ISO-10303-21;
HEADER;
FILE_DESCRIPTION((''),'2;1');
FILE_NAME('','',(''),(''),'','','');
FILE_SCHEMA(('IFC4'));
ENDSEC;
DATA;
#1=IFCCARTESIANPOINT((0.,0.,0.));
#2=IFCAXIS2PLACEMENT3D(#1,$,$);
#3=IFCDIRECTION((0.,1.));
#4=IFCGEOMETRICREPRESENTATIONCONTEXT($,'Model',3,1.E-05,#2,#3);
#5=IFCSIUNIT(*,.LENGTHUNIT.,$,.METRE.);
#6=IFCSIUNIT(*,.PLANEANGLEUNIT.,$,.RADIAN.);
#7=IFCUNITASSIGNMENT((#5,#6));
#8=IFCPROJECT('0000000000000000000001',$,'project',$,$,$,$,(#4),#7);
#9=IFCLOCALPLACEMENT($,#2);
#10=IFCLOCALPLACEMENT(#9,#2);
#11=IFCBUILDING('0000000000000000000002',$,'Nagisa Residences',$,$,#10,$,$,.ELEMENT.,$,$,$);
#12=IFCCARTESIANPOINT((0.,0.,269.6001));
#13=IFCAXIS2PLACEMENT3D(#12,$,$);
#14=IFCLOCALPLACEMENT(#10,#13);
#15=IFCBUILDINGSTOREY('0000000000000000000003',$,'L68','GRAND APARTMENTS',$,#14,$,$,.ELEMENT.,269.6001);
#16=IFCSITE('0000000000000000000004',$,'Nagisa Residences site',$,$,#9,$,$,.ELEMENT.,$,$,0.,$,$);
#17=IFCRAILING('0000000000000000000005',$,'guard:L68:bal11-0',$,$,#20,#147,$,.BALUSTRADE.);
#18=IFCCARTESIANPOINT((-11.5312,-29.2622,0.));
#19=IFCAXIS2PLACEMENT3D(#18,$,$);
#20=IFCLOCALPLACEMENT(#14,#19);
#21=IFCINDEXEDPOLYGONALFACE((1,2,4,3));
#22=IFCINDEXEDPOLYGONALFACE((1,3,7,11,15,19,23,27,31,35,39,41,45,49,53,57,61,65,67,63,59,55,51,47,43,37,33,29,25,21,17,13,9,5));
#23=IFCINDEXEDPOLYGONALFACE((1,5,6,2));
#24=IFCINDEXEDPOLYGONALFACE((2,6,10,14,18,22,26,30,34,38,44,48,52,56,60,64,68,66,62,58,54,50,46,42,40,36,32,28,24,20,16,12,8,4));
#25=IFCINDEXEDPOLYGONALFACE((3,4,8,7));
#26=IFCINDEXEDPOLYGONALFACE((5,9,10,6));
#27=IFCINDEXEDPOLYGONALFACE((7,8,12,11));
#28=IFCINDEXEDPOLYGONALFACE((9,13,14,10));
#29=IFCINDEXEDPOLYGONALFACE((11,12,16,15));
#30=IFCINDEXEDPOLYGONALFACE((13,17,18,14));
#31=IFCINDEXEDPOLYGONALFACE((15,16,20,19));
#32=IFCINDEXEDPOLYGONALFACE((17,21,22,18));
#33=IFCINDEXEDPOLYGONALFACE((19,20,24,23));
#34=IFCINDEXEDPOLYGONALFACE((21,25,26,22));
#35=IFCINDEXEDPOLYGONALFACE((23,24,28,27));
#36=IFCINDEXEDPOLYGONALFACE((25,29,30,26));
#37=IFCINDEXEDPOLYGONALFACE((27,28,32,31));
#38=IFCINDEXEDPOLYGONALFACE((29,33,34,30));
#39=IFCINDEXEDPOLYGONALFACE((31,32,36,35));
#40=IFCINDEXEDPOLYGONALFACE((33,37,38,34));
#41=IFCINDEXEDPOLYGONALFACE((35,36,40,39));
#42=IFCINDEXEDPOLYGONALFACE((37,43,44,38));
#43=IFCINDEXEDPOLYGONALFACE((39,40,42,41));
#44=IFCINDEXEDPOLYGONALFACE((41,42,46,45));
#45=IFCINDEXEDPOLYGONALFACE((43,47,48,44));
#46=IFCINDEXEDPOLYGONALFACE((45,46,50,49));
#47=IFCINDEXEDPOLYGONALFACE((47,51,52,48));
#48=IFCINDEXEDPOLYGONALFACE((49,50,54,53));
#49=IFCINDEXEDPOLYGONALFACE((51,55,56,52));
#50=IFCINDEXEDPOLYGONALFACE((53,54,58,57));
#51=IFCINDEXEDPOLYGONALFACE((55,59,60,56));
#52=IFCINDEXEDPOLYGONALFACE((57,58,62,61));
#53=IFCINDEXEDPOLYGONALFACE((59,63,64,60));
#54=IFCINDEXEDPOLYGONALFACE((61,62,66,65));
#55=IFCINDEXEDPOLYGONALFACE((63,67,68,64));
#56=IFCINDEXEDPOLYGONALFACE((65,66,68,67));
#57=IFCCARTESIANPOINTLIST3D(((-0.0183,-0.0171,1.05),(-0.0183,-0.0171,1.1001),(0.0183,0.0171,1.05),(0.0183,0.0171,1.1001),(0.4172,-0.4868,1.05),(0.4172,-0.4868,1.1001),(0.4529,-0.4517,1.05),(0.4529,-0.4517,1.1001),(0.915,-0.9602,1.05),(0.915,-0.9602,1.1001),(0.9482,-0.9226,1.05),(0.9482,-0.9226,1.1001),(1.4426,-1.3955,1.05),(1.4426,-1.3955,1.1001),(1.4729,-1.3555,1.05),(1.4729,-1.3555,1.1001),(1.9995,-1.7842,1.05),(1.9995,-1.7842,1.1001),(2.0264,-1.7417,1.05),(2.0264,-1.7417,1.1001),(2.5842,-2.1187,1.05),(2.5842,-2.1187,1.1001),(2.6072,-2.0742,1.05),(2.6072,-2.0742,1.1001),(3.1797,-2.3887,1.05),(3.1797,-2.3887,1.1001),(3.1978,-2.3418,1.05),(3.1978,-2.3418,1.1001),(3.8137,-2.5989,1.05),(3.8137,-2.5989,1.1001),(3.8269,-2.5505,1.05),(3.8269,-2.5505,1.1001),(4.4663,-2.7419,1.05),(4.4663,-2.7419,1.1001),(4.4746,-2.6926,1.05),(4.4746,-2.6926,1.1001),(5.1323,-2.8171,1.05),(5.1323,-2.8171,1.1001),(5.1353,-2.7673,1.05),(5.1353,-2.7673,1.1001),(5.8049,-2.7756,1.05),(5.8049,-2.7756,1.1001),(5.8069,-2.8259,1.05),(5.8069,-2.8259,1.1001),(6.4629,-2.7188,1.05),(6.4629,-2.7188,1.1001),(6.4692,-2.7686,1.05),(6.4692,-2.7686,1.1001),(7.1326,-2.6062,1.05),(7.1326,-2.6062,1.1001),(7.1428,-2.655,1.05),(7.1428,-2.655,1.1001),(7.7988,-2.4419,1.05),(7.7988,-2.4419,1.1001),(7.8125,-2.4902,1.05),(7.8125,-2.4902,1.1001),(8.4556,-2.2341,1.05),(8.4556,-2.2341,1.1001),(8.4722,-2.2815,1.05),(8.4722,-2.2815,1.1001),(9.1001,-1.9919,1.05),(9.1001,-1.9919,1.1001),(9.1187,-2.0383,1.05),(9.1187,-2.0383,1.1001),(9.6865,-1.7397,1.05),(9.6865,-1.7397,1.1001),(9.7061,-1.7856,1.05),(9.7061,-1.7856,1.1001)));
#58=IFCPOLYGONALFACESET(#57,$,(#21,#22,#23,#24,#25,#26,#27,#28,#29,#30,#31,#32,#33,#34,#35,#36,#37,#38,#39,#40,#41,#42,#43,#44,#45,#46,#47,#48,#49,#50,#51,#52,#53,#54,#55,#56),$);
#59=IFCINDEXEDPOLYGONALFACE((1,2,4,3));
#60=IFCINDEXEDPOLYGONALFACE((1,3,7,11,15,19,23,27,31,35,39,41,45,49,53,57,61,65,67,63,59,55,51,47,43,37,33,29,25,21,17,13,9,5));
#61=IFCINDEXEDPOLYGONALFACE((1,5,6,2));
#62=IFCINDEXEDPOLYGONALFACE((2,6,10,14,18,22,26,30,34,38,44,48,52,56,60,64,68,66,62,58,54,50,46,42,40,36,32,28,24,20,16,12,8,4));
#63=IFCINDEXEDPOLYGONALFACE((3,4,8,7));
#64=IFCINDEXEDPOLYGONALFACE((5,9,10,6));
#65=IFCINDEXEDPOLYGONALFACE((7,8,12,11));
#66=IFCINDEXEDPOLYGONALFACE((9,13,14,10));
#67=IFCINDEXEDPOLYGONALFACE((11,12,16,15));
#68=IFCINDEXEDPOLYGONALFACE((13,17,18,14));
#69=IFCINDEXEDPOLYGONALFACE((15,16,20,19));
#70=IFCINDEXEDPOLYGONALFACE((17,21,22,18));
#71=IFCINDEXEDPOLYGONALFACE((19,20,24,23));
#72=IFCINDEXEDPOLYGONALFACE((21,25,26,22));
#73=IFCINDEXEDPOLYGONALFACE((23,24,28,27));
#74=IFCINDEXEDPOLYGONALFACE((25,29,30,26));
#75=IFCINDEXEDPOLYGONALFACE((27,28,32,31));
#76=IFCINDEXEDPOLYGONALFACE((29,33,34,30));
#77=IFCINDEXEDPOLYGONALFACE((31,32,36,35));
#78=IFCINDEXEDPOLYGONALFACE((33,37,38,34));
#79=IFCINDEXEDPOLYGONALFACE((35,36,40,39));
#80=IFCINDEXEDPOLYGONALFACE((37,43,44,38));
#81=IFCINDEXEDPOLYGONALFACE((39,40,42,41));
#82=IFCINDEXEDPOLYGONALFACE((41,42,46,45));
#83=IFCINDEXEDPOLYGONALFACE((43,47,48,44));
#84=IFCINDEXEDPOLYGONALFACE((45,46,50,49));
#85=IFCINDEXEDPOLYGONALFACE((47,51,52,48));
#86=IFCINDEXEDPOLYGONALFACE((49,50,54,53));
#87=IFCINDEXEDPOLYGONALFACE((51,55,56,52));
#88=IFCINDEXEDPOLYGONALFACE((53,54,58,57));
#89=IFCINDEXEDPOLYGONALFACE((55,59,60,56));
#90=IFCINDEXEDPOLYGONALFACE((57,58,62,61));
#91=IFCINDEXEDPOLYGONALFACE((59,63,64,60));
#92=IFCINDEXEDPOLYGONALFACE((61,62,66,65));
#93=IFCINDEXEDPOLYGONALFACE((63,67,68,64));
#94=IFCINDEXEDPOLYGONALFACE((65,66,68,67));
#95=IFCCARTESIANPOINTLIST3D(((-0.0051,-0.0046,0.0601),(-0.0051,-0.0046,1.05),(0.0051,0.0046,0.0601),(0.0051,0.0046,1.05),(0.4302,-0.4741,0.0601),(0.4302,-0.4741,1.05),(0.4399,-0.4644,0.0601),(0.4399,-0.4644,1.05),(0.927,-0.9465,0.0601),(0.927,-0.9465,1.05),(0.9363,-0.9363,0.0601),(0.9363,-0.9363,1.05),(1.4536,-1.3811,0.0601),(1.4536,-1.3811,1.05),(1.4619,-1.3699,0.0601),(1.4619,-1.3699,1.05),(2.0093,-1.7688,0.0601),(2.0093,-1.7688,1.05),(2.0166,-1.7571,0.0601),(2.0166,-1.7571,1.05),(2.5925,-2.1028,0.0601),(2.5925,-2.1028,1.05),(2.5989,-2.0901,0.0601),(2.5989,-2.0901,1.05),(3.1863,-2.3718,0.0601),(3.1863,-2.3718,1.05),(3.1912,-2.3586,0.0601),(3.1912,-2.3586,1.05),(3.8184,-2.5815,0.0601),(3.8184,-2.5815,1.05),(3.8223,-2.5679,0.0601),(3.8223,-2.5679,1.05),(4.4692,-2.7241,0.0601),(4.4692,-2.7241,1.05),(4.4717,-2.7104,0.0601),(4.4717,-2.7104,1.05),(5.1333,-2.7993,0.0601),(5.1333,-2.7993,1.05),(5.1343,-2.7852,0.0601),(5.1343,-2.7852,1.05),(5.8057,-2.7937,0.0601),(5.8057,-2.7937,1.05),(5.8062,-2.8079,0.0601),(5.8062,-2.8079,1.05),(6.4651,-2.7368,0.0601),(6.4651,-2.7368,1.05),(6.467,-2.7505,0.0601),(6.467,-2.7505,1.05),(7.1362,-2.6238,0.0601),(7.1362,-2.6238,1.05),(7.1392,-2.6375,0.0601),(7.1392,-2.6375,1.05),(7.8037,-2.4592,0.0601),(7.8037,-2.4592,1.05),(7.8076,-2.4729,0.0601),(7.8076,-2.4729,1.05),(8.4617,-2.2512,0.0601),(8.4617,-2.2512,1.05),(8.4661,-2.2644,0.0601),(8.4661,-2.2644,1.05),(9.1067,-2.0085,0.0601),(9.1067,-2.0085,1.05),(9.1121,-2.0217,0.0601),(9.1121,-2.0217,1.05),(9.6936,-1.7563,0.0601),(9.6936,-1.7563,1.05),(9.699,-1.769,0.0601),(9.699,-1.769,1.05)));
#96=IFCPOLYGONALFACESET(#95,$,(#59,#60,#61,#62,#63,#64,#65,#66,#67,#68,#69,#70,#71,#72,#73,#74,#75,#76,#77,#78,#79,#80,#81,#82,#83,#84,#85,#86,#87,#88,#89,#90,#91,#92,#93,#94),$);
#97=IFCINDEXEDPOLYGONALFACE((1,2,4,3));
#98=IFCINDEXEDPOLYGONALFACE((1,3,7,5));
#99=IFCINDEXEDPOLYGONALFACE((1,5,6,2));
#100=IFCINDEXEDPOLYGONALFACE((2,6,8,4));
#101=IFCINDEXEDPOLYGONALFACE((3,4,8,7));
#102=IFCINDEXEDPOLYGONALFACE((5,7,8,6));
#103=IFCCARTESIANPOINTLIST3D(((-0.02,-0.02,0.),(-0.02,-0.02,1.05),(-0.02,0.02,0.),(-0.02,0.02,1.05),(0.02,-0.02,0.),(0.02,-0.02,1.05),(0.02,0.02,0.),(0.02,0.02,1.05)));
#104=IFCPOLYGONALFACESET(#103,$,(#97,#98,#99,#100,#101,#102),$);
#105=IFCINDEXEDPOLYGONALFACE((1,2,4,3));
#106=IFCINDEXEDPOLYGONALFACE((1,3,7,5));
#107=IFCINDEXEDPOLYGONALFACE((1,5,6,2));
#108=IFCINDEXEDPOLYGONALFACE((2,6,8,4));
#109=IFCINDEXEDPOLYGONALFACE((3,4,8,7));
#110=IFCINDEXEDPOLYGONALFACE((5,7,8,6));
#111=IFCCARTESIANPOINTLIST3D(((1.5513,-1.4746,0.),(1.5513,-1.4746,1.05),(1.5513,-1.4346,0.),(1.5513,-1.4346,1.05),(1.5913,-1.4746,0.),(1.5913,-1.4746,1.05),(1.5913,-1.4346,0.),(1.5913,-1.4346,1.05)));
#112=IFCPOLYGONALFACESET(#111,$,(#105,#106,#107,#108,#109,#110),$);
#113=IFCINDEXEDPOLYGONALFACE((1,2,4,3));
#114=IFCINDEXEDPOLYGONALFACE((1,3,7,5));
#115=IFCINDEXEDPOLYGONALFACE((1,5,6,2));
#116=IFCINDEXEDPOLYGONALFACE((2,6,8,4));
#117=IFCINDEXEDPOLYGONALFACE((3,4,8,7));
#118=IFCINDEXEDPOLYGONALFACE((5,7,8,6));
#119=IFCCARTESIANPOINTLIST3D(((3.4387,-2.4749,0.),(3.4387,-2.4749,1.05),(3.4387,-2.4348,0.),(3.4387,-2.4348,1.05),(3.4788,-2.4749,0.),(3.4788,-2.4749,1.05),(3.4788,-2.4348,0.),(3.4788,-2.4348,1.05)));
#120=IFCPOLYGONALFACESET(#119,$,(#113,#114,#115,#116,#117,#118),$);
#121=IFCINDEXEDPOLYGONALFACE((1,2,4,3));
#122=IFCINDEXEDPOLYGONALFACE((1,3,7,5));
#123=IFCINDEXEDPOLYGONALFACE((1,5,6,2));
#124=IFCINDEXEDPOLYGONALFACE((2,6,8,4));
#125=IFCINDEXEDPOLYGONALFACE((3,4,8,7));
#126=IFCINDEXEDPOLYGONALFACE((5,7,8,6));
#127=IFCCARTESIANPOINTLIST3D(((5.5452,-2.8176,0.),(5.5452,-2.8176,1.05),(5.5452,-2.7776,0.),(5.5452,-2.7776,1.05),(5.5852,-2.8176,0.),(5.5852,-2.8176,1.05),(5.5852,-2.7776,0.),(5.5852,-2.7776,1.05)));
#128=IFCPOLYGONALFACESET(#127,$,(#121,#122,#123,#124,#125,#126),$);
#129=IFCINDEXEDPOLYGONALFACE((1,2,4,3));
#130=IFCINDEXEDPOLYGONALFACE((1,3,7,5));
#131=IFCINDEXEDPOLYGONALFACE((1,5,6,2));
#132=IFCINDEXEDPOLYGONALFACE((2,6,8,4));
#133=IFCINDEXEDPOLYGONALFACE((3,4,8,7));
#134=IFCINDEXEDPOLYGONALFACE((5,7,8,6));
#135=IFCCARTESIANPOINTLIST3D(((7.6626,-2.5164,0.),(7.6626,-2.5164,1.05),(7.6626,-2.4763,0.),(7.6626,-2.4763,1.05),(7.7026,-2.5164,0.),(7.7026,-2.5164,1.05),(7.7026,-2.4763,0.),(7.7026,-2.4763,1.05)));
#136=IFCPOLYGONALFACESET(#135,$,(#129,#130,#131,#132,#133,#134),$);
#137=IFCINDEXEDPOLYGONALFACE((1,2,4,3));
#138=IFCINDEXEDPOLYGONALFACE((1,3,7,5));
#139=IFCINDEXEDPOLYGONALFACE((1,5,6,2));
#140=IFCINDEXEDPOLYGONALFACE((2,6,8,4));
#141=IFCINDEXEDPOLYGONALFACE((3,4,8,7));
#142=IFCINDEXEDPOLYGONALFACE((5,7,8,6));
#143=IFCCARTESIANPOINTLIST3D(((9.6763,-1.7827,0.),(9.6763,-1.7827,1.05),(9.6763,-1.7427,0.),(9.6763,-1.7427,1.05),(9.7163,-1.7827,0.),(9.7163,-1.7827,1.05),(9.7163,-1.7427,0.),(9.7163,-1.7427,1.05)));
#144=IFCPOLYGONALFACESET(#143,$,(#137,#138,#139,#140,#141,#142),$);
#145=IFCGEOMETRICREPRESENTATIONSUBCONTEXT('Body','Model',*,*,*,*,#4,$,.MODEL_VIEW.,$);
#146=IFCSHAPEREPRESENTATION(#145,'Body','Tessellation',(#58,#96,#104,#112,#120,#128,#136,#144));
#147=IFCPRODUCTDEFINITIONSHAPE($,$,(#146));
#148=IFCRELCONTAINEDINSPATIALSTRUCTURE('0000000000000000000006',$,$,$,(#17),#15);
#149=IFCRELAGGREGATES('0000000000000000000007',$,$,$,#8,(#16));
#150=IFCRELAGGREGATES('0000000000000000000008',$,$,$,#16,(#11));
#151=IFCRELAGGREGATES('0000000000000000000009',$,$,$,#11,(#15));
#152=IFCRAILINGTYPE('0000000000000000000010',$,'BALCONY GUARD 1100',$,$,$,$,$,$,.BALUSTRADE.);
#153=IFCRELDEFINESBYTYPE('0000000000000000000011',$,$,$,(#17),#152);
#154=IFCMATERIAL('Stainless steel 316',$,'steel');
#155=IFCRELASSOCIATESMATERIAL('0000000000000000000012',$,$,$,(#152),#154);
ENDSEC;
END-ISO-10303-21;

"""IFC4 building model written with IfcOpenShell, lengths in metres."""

from ifc_helpers import new_model, si_unit, direction, frame, origin, origin_2d, place, context, subcontext, project, spatial, polyline, rectangle, outline, extrude, material, type_object, element, save


model = new_model("IFC4")

# Units and contexts
model_context = context("Model", 3, precision=1e-05, world=origin(), true_north=direction((0.0, 1.0)))
body_context = subcontext(model_context, "Body", "Model", "MODEL_VIEW")
ifc_project = project(units=[si_unit("LENGTHUNIT", "METRE"), si_unit("PLANEANGLEUNIT", "RADIAN")], contexts=[model_context])

# Site, building, storey
site_placement = place(None, origin())
site = spatial("IfcSite", under=ifc_project, at=site_placement, Name="Nagisa Residences site", CompositionType="ELEMENT", RefElevation=0.0)
building_placement = place(site_placement, origin())
building = spatial("IfcBuilding", under=site, at=building_placement, Name="Nagisa Residences", CompositionType="ELEMENT")
storey_placement = place(building_placement, frame((0.0, 0.0, 269.6001)))
storey = spatial("IfcBuildingStorey", under=building, at=storey_placement, Name="L68", Description="GRAND APARTMENTS", CompositionType="ELEMENT", Elevation=269.6001)

# Railing
ifc_material_1 = material(Name="Stainless steel 316", Category="steel")
railing_type = type_object("IfcRailingType", Name="BALCONY GUARD 1100", PredefinedType="BALUSTRADE", material=ifc_material_1)
railing_1_placement = place(storey_placement, frame((-11.5312, -29.2622, 0.0)))
element("IfcRailing", 1, at=railing_1_placement, inside=storey, type_object=railing_type, Name="guard:L68:bal11-0", PredefinedType="BALUSTRADE", context=body_context, shape_type="SweptSolid", body=[
    extrude(outline(polyline([(0.4529, -0.4517), (0.0183, 0.0171), (-0.0183, -0.0171), (0.4172, -0.4868), (0.915, -0.9602), (1.4426, -1.3955), (1.9995, -1.7842), (2.5842, -2.1187), (3.1797, -2.3887), (3.8137, -2.5989), (4.4663, -2.7419), (5.1323, -2.8171), (5.8069, -2.8259), (6.4692, -2.7686), (7.1428, -2.655), (7.8125, -2.4902), (8.4722, -2.2815), (9.1187, -2.0383), (9.7061, -1.7856), (9.6865, -1.7397), (9.1001, -1.9919), (8.4556, -2.2341), (7.7988, -2.4419), (7.1326, -2.6062), (6.4629, -2.7188), (5.8049, -2.7756), (5.1353, -2.7673), (4.4746, -2.6926), (3.8269, -2.5505), (3.1978, -2.3418), (2.6072, -2.0742), (2.0264, -1.7417), (1.4729, -1.3555), (0.9482, -0.9226), (0.4529, -0.4517)])), frame((0.0, 0.0, 1.05)), (0.0, 0.0, 1.0), 0.05),
    extrude(outline(polyline([(0.4399, -0.4644), (0.0051, 0.0046), (-0.0051, -0.0046), (0.4302, -0.4741), (0.927, -0.9465), (1.4536, -1.3811), (2.0093, -1.7688), (2.5925, -2.1028), (3.1863, -2.3718), (3.8184, -2.5815), (4.4692, -2.7241), (5.1333, -2.7993), (5.8062, -2.8079), (6.467, -2.7505), (7.1392, -2.6375), (7.8076, -2.4729), (8.4661, -2.2644), (9.1121, -2.0217), (9.699, -1.769), (9.6936, -1.7563), (9.1067, -2.0085), (8.4617, -2.2512), (7.8037, -2.4592), (7.1362, -2.6238), (6.4651, -2.7368), (5.8057, -2.7937), (5.1343, -2.7852), (4.4717, -2.7104), (3.8223, -2.5679), (3.1912, -2.3586), (2.5989, -2.0901), (2.0166, -1.7571), (1.4619, -1.3699), (0.9363, -0.9363), (0.4399, -0.4644)])), frame((0.0, 0.0, 0.0601)), (0.0, 0.0, 1.0), 0.99),
    extrude(rectangle(XDim=0.04, YDim=0.04, at=origin_2d()), origin(), (0.0, 0.0, 1.0), 1.05),
    extrude(rectangle(XDim=0.04, YDim=0.04, at=origin_2d()), frame((1.5713, -1.4546, 0.0)), (0.0, 0.0, 1.0), 1.05),
    extrude(rectangle(XDim=0.04, YDim=0.04, at=origin_2d()), frame((3.4587, -2.4548, 0.0)), (0.0, 0.0, 1.0), 1.05),
    extrude(rectangle(XDim=0.04, YDim=0.04, at=origin_2d()), frame((5.5652, -2.7976, 0.0)), (0.0, 0.0, 1.0), 1.05),
    extrude(rectangle(XDim=0.04, YDim=0.04, at=origin_2d()), frame((7.6826, -2.4963, 0.0)), (0.0, 0.0, 1.0), 1.05),
    extrude(rectangle(XDim=0.04, YDim=0.04, at=origin_2d()), frame((9.6963, -1.7627, 0.0)), (0.0, 0.0, 1.0), 1.05),
])

save(model, "model.ifc")
